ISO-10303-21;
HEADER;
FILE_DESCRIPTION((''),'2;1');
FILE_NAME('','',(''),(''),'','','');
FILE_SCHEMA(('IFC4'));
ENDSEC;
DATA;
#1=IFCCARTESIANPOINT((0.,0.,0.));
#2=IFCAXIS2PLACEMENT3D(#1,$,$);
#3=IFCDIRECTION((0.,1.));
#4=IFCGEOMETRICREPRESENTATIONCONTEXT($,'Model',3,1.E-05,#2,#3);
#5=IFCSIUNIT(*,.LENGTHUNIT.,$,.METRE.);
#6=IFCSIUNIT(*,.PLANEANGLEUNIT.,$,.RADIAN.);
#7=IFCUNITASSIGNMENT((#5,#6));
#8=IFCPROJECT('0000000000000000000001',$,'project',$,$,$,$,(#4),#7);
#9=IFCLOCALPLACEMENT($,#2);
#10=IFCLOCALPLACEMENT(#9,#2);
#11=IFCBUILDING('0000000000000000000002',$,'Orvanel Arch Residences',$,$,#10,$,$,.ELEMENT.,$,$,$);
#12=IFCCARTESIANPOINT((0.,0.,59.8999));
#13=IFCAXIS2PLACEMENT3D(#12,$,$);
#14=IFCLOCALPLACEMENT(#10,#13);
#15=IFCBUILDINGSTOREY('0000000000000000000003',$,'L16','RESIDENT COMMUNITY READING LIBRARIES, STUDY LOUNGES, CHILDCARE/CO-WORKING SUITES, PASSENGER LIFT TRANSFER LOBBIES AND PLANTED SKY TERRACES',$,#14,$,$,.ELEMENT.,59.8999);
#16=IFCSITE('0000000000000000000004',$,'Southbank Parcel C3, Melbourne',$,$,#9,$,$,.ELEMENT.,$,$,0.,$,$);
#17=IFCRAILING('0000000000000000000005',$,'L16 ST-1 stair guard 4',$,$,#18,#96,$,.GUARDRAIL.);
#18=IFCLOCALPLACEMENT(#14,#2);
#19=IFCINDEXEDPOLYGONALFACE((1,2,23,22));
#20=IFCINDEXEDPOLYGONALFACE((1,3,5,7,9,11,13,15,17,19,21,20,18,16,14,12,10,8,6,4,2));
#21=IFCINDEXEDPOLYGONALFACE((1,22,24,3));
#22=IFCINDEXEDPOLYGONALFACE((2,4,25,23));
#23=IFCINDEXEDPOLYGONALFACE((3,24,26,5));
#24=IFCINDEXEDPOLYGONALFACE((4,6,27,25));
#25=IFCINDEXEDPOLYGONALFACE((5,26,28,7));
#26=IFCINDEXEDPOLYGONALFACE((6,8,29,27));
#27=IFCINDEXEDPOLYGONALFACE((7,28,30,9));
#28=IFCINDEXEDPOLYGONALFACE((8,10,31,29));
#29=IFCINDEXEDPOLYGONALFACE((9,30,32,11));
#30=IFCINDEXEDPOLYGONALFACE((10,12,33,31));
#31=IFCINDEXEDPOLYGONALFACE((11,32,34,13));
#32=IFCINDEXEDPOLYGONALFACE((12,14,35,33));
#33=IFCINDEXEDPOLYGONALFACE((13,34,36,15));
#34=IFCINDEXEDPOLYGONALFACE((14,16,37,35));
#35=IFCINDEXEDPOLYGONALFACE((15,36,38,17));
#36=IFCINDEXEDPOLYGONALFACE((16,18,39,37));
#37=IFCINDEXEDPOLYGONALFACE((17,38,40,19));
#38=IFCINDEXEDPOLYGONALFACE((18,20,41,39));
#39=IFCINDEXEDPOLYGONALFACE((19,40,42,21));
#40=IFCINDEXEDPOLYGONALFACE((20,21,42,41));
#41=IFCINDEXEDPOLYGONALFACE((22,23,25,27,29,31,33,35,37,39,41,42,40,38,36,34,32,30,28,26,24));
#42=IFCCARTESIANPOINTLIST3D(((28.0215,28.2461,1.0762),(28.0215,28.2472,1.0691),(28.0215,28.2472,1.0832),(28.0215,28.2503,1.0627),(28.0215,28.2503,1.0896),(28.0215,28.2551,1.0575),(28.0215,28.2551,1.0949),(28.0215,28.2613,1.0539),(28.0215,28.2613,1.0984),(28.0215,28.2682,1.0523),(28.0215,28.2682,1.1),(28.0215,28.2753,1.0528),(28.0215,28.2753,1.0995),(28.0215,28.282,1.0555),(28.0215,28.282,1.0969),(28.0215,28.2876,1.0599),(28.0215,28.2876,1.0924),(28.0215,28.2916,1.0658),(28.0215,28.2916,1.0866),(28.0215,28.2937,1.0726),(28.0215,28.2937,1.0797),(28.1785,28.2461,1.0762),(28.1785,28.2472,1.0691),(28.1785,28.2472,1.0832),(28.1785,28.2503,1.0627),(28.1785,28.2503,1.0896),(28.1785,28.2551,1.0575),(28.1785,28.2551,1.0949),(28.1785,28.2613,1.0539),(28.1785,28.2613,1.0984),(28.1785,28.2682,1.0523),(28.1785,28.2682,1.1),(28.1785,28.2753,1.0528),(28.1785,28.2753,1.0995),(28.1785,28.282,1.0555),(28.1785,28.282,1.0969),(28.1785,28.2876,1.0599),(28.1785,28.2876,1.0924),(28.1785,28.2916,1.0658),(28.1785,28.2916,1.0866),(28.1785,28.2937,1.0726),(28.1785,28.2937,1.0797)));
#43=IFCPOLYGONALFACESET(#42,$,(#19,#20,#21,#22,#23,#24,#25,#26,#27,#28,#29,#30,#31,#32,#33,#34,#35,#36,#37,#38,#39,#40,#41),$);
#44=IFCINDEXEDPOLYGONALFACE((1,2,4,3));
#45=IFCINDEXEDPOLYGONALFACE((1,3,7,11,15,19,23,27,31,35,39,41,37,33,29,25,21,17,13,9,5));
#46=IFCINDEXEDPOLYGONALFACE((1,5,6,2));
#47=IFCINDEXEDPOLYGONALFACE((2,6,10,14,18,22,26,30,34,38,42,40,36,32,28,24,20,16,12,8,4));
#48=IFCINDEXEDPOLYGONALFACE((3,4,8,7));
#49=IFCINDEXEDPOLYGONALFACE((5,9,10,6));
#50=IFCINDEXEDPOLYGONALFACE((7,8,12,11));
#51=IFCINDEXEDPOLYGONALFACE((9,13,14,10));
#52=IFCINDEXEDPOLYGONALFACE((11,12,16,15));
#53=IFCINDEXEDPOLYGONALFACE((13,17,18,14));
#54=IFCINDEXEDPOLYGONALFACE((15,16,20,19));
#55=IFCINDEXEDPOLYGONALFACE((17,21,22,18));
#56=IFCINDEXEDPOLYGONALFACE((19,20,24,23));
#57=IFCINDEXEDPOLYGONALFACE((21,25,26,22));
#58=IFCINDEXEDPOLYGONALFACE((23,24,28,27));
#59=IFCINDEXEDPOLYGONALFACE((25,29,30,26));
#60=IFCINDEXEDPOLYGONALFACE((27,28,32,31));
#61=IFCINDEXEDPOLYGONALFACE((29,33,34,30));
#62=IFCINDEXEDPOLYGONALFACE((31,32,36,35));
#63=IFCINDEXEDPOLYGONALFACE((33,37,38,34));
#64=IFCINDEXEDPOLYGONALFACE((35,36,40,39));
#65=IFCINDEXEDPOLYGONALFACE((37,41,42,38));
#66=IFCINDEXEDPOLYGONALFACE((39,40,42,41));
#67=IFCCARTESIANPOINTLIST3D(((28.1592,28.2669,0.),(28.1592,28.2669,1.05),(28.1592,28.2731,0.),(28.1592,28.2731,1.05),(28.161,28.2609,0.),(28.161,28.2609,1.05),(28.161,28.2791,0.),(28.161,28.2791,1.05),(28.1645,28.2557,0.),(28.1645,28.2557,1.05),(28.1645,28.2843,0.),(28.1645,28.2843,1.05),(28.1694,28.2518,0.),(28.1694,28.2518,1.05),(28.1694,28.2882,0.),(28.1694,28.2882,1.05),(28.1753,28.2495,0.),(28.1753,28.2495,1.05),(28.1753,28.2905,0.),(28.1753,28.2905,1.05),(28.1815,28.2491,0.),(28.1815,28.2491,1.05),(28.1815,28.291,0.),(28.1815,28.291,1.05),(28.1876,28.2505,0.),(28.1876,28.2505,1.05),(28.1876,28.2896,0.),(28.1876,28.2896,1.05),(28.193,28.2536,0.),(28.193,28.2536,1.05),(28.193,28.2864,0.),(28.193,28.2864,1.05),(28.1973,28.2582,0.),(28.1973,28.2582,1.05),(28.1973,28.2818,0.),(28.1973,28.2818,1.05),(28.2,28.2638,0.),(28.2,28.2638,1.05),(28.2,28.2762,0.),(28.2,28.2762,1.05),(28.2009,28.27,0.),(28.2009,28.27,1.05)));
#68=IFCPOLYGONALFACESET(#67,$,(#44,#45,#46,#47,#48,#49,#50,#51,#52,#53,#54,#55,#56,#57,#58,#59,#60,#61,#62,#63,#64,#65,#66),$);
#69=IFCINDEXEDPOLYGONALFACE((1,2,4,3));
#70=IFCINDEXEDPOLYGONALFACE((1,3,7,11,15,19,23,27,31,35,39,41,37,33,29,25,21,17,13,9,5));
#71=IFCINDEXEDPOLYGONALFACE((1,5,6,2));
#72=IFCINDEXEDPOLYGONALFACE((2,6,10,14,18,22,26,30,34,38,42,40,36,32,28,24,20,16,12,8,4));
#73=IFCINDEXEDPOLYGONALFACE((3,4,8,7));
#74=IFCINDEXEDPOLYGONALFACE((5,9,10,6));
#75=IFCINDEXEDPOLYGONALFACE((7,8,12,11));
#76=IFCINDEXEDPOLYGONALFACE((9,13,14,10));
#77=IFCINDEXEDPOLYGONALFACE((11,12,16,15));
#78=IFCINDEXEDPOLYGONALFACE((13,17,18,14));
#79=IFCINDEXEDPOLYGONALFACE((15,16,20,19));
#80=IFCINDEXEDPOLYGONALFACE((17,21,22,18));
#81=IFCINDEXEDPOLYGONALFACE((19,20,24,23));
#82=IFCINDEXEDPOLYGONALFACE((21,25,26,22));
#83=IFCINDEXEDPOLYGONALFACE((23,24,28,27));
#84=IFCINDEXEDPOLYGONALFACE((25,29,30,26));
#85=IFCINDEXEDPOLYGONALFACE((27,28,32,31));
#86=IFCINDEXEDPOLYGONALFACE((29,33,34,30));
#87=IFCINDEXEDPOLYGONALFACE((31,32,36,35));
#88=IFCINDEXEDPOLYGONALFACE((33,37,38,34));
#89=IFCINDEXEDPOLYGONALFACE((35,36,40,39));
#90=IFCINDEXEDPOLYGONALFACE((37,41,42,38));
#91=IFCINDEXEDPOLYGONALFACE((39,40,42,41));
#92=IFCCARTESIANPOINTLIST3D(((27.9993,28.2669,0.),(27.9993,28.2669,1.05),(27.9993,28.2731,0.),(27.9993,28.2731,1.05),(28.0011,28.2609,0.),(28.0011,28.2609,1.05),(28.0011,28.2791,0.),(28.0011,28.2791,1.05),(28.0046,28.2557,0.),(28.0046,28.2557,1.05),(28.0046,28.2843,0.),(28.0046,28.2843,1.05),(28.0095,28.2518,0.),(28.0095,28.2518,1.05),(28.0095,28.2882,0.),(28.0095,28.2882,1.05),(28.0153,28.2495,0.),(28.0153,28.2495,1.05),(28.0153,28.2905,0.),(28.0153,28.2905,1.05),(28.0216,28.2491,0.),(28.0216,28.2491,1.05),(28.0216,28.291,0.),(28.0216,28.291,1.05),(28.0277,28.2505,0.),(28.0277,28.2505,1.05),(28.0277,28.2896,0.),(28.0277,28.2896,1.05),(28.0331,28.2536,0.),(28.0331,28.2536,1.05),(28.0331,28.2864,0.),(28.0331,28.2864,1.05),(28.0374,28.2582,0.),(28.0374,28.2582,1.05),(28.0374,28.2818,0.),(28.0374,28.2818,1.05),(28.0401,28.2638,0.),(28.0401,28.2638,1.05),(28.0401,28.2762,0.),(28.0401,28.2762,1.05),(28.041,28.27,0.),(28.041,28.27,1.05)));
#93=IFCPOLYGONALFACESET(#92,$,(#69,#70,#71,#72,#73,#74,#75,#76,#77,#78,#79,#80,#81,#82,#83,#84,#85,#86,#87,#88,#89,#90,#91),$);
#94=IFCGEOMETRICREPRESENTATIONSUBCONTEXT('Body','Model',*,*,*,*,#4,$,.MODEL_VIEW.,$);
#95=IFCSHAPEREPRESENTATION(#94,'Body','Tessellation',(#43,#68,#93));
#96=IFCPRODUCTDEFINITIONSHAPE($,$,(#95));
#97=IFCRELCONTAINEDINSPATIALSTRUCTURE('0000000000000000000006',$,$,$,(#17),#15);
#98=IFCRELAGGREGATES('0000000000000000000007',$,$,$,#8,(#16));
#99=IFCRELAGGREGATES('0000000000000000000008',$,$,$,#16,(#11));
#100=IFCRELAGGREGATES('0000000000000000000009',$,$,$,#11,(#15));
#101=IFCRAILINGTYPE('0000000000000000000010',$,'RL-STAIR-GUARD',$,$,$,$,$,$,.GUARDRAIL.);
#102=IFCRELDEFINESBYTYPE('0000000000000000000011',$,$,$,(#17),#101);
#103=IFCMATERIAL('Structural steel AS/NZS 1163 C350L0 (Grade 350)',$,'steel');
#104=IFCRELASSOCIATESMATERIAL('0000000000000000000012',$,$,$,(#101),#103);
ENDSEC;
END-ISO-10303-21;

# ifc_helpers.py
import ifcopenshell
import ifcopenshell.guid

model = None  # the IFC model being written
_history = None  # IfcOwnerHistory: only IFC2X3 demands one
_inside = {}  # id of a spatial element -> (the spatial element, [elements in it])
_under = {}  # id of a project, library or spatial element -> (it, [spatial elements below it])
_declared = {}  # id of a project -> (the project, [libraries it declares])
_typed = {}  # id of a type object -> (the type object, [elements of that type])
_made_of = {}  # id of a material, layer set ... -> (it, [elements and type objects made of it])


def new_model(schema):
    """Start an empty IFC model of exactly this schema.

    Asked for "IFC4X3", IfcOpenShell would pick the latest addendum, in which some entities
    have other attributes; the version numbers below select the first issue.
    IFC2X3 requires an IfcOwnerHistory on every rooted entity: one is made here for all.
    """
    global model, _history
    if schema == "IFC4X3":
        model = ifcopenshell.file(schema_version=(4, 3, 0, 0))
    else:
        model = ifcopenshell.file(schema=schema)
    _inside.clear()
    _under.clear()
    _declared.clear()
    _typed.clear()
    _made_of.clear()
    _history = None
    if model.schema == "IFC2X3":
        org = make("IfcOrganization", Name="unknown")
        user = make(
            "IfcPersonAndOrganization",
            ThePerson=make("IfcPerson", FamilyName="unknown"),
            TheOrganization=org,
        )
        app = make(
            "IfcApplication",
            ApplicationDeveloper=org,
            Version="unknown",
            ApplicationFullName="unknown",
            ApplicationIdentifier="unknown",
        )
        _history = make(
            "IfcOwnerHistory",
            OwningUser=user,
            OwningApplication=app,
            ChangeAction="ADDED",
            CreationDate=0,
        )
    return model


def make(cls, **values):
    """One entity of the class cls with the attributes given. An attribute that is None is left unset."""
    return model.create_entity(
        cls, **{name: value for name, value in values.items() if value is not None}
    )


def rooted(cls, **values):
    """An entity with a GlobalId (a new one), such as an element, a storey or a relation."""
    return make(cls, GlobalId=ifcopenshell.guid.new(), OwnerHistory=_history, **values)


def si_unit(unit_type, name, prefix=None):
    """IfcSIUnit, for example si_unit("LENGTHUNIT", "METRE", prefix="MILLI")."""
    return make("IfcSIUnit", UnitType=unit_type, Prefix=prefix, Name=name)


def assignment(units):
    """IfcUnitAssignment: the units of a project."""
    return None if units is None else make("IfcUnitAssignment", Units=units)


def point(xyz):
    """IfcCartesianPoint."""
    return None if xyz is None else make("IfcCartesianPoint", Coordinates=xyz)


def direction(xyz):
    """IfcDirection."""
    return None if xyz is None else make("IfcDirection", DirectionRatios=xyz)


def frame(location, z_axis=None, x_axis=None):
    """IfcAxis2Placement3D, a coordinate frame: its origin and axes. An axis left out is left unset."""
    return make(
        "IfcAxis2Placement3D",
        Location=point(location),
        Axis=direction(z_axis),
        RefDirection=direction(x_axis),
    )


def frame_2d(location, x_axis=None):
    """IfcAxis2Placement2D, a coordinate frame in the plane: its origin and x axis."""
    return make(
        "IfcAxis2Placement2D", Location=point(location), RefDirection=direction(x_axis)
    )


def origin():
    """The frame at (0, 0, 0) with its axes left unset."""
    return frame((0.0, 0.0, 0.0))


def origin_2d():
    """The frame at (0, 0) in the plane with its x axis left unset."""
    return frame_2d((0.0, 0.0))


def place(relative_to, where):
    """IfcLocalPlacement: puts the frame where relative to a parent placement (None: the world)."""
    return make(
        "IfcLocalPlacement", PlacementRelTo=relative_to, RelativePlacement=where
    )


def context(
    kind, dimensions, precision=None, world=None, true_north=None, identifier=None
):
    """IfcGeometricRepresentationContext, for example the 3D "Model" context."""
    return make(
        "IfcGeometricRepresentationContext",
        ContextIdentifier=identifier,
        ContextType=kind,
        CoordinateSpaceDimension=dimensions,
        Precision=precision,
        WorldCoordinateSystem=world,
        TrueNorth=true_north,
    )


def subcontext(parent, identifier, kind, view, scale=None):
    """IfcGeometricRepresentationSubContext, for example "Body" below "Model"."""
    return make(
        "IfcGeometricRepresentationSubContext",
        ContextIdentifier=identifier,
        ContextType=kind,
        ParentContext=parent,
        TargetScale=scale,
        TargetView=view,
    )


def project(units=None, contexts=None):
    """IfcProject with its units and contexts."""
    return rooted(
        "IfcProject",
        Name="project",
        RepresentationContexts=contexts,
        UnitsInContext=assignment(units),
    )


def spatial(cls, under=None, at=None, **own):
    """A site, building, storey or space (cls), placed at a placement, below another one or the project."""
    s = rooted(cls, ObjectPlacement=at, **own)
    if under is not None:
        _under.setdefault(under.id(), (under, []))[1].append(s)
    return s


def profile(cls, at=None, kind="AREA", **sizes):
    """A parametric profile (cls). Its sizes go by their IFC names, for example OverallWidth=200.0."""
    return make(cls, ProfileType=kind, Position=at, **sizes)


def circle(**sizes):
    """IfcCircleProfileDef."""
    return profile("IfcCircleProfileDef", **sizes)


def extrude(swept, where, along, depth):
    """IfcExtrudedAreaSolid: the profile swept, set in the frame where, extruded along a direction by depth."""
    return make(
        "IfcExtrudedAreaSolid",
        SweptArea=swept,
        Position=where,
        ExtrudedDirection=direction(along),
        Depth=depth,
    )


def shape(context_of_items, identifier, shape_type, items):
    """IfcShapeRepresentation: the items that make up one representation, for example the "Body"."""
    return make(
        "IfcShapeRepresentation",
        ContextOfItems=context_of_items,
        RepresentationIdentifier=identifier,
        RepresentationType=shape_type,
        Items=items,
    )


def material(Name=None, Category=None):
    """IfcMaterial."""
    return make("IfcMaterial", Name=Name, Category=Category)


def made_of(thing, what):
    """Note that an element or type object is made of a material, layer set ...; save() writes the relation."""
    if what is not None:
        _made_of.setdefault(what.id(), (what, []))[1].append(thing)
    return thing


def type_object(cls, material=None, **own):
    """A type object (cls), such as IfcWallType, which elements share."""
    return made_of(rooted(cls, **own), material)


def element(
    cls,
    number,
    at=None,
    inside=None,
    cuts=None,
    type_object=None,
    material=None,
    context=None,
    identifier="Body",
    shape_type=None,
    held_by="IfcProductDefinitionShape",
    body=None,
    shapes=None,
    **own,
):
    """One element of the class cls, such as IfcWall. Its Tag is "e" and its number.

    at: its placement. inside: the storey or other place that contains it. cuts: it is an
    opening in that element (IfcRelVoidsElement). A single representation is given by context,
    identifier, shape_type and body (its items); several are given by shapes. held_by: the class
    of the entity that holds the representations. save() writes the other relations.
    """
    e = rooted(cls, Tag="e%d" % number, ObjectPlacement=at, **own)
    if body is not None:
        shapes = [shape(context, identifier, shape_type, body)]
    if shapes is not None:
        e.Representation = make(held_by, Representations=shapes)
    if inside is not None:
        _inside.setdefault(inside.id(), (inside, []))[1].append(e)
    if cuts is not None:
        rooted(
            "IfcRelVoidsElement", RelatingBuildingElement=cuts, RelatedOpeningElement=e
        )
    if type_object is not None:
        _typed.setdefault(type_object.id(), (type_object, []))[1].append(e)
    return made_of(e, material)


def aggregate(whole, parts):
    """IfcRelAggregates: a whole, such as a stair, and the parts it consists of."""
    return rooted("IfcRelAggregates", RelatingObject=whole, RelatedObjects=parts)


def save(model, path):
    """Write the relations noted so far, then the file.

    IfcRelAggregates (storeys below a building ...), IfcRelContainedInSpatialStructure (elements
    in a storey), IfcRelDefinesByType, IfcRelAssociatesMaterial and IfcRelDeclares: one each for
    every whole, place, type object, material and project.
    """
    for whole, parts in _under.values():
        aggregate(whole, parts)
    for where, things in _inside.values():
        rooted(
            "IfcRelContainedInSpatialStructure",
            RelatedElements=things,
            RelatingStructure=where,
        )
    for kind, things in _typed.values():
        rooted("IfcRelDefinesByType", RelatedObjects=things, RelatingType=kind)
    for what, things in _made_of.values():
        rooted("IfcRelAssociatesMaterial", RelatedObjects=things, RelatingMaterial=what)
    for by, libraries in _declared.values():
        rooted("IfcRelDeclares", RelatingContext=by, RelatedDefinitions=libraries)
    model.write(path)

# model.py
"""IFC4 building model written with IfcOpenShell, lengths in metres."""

from ifc_helpers import new_model, si_unit, direction, frame, origin, origin_2d, place, context, subcontext, project, spatial, circle, extrude, material, type_object, element, save


model = new_model("IFC4")

# Units and contexts
model_context = context("Model", 3, precision=1e-05, world=origin(), true_north=direction((0.0, 1.0)))
body_context = subcontext(model_context, "Body", "Model", "MODEL_VIEW")
ifc_project = project(units=[si_unit("LENGTHUNIT", "METRE"), si_unit("PLANEANGLEUNIT", "RADIAN")], contexts=[model_context])

# Site, building, storey
site_placement = place(None, origin())
site = spatial("IfcSite", under=ifc_project, at=site_placement, Name="Southbank Parcel C3, Melbourne", CompositionType="ELEMENT", RefElevation=0.0)
building_placement = place(site_placement, origin())
building = spatial("IfcBuilding", under=site, at=building_placement, Name="Orvanel Arch Residences", CompositionType="ELEMENT")
storey_placement = place(building_placement, frame((0.0, 0.0, 59.8999)))
storey = spatial("IfcBuildingStorey", under=building, at=storey_placement, Name="L16", Description="RESIDENT COMMUNITY READING LIBRARIES, STUDY LOUNGES, CHILDCARE/CO-WORKING SUITES, PASSENGER LIFT TRANSFER LOBBIES AND PLANTED SKY TERRACES", CompositionType="ELEMENT", Elevation=59.8999)

# Railing
ifc_material_1 = material(Name="Structural steel AS/NZS 1163 C350L0 (Grade 350)", Category="steel")
railing_type_1 = type_object("IfcRailingType", Name="RL-STAIR-GUARD", PredefinedType="GUARDRAIL", material=ifc_material_1)
railing_1_placement = place(storey_placement, frame((28.1799, 28.27, 0.0)))
element("IfcRailing", 1, at=railing_1_placement, inside=storey, type_object=railing_type_1, Name="L16 ST-1 stair guard 4", PredefinedType="GUARDRAIL", context=body_context, shape_type="SweptSolid", body=[
    extrude(circle(Radius=0.0239, at=origin_2d()), frame((-0.0015, 0.0, 1.0762), z_axis=(-1.0, 0.0, 0.0), x_axis=(0.0, -1.0, 0.0)), (0.0, 0.0, 1.0), 0.157),
    extrude(circle(Radius=0.021, at=origin_2d()), origin(), (0.0, 0.0, 1.0), 1.05),
    extrude(circle(Radius=0.021, at=origin_2d()), frame((-0.1599, 0.0, 0.0)), (0.0, 0.0, 1.0), 1.05),
])

save(model, "model.ifc")
